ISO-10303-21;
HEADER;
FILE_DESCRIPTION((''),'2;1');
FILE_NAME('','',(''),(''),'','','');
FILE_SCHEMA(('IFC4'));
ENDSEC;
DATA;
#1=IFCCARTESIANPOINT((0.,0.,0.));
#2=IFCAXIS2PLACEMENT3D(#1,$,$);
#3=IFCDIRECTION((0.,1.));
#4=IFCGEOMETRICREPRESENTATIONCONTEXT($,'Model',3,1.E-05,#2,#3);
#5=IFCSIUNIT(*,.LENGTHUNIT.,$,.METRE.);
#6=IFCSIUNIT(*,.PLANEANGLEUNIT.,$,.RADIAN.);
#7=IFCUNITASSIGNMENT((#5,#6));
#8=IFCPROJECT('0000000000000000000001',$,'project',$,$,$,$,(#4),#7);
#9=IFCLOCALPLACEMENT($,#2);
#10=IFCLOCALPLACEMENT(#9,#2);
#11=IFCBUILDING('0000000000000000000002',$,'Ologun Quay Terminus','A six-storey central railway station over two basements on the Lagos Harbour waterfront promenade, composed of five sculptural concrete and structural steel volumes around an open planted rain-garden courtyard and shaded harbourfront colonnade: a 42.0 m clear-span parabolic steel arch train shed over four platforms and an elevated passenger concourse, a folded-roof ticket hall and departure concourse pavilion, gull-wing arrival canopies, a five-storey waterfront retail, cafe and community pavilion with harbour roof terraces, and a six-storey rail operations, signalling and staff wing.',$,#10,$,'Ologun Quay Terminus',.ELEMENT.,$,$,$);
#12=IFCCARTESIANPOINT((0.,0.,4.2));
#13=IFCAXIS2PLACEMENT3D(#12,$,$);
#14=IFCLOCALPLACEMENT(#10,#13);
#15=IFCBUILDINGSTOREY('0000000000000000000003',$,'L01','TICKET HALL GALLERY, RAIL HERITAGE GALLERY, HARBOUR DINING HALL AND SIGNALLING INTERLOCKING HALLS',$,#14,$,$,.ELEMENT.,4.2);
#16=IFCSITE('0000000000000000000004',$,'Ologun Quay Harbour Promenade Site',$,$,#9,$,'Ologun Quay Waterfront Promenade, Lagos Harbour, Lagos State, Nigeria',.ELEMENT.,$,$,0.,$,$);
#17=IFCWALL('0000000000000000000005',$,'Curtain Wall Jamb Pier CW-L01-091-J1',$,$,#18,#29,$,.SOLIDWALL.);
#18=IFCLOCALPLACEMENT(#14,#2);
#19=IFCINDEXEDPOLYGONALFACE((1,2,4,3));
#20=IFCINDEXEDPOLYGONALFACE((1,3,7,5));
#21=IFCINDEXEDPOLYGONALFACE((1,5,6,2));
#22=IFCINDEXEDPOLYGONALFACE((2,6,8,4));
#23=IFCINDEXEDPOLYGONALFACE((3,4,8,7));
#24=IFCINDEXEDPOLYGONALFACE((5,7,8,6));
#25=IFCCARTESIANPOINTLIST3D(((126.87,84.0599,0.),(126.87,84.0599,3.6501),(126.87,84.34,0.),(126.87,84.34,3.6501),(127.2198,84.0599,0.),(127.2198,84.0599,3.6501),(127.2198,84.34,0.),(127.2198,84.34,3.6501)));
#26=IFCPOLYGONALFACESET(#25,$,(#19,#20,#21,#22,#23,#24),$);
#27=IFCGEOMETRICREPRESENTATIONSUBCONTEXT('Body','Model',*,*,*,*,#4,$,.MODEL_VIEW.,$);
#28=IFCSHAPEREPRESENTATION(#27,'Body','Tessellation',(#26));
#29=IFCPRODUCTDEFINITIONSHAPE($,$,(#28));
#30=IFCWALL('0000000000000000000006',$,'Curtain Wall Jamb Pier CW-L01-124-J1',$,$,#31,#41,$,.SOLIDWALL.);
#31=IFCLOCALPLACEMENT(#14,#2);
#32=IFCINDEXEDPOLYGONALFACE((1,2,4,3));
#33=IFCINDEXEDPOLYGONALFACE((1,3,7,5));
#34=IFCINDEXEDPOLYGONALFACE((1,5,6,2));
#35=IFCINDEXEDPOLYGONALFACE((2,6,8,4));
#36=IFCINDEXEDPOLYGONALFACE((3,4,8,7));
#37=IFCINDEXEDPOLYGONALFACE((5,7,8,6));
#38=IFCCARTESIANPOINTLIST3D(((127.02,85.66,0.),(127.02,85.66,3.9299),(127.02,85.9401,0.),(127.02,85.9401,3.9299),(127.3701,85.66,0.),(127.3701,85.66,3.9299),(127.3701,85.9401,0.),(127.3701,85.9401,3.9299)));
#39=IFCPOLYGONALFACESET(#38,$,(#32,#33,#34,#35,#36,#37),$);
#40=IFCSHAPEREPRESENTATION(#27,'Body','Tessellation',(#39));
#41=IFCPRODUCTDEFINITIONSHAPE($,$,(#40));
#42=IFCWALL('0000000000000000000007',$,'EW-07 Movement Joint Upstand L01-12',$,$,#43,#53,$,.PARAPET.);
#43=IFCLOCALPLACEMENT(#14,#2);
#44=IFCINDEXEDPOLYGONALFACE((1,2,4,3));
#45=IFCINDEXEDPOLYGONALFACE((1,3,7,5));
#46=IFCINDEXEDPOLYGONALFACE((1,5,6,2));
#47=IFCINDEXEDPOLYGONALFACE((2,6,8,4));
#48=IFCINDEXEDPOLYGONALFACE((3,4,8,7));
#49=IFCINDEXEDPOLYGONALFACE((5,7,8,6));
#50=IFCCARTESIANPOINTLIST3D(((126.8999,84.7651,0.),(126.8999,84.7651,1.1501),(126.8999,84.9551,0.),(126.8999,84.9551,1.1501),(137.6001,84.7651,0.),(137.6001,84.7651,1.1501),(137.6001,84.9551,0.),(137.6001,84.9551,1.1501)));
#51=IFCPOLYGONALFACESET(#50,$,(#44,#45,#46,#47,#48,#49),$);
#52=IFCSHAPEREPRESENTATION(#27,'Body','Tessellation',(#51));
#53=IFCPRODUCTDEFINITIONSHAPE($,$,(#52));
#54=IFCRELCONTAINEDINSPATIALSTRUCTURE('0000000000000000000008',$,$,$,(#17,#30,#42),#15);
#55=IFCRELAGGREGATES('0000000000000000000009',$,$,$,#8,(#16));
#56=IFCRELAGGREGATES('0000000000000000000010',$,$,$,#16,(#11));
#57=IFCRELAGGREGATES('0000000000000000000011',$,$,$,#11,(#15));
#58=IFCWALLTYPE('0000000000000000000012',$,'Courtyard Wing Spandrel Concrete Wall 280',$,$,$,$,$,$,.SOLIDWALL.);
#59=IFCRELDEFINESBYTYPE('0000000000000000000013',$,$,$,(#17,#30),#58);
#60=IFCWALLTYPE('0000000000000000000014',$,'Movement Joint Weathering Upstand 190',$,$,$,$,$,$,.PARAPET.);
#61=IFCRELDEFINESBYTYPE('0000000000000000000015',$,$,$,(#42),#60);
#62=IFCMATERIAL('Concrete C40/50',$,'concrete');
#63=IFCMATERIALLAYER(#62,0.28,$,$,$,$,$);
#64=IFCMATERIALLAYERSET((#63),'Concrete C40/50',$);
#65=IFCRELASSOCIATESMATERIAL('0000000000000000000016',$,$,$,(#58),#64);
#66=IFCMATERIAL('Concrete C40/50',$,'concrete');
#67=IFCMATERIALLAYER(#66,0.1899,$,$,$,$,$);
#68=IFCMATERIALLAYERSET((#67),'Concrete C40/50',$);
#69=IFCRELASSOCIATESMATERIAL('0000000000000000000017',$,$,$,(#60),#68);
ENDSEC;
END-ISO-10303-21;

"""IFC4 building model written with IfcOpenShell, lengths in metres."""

from ifc_helpers import new_model, si_unit, direction, frame, frame_2d, origin, place, context, subcontext, project, spatial, rectangle, extrude, material, layer, layer_set, type_object, element, save


model = new_model("IFC4")

# Units and contexts
model_context = context("Model", 3, precision=1e-05, world=origin(), true_north=direction((0.0, 1.0)))
body_context = subcontext(model_context, "Body", "Model", "MODEL_VIEW")
ifc_project = project(units=[si_unit("LENGTHUNIT", "METRE"), si_unit("PLANEANGLEUNIT", "RADIAN")], contexts=[model_context])

# Site, building, storey
site_placement = place(None, origin())
site = spatial("IfcSite", under=ifc_project, at=site_placement, Name="Ologun Quay Harbour Promenade Site", LongName="Ologun Quay Waterfront Promenade, Lagos Harbour, Lagos State, Nigeria", CompositionType="ELEMENT", RefElevation=0.0)
building_placement = place(site_placement, origin())
building = spatial("IfcBuilding", under=site, at=building_placement, Name="Ologun Quay Terminus", Description="A six-storey central railway station over two basements on the Lagos Harbour waterfront promenade, composed of five sculptural concrete and structural steel volumes around an open planted rain-garden courtyard and shaded harbourfront colonnade: a 42.0 m clear-span parabolic steel arch train shed over four platforms and an elevated passenger concourse, a folded-roof ticket hall and departure concourse pavilion, gull-wing arrival canopies, a five-storey waterfront retail, cafe and community pavilion with harbour roof terraces, and a six-storey rail operations, signalling and staff wing.", LongName="Ologun Quay Terminus", CompositionType="ELEMENT")
storey_placement = place(building_placement, frame((0.0, 0.0, 4.2)))
storey = spatial("IfcBuildingStorey", under=building, at=storey_placement, Name="L01", Description="TICKET HALL GALLERY, RAIL HERITAGE GALLERY, HARBOUR DINING HALL AND SIGNALLING INTERLOCKING HALLS", CompositionType="ELEMENT", Elevation=4.2)

# Walls
ifc_material_1 = material(Name="Concrete C40/50", Category="concrete")
ifc_layer_1 = layer(ifc_material_1, 0.28)
ifc_layer_set_1 = layer_set([ifc_layer_1], Name="Concrete C40/50")
wall_type_1 = type_object("IfcWallType", Name="Courtyard Wing Spandrel Concrete Wall 280", PredefinedType="SOLIDWALL", material=ifc_layer_set_1)
for number, where, z_axis, x_axis, name in (
    (1, (126.8701, 84.2, 0.0), (0.0, 0.0, 1.0), (1.0, 0.0, 0.0), "Curtain Wall Jamb Pier CW-L01-091-J1"),
):
    element("IfcWall", number, at=place(storey_placement, frame(where, z_axis=z_axis, x_axis=x_axis)), inside=storey, type_object=wall_type_1, Name=name, PredefinedType="SOLIDWALL", context=body_context, shape_type="SweptSolid", body=[
        extrude(rectangle(XDim=0.3499, YDim=0.28, at=frame_2d((0.1748, 0.0))), origin(), (0.0, 0.0, 1.0), 3.6501),
    ])
wall_1_placement = place(storey_placement, frame((127.02, 85.8, 0.0), z_axis=(0.0, 0.0, 1.0), x_axis=(1.0, 0.0, 0.0)))
element("IfcWall", 2, at=wall_1_placement, inside=storey, type_object=wall_type_1, Name="Curtain Wall Jamb Pier CW-L01-124-J1", PredefinedType="SOLIDWALL", context=body_context, shape_type="SweptSolid", body=[
    extrude(rectangle(XDim=0.3501, YDim=0.28, at=frame_2d((0.175, 0.0))), origin(), (0.0, 0.0, 1.0), 3.9299),
])
ifc_material_2 = material(Name="Concrete C40/50", Category="concrete")
ifc_layer_2 = layer(ifc_material_2, 0.1899)
ifc_layer_set_2 = layer_set([ifc_layer_2], Name="Concrete C40/50")
wall_type_2 = type_object("IfcWallType", Name="Movement Joint Weathering Upstand 190", PredefinedType="PARAPET", material=ifc_layer_set_2)
wall_2_placement = place(storey_placement, frame((126.8999, 84.8601, 0.0), z_axis=(0.0, 0.0, 1.0), x_axis=(1.0, 0.0, 0.0)))
element("IfcWall", 3, at=wall_2_placement, inside=storey, type_object=wall_type_2, Name="EW-07 Movement Joint Upstand L01-12", PredefinedType="PARAPET", context=body_context, shape_type="SweptSolid", body=[
    extrude(rectangle(XDim=10.7002, YDim=0.1899, at=frame_2d((5.3501, 0.0))), origin(), (0.0, 0.0, 1.0), 1.1501),
])

save(model, "model.ifc")
